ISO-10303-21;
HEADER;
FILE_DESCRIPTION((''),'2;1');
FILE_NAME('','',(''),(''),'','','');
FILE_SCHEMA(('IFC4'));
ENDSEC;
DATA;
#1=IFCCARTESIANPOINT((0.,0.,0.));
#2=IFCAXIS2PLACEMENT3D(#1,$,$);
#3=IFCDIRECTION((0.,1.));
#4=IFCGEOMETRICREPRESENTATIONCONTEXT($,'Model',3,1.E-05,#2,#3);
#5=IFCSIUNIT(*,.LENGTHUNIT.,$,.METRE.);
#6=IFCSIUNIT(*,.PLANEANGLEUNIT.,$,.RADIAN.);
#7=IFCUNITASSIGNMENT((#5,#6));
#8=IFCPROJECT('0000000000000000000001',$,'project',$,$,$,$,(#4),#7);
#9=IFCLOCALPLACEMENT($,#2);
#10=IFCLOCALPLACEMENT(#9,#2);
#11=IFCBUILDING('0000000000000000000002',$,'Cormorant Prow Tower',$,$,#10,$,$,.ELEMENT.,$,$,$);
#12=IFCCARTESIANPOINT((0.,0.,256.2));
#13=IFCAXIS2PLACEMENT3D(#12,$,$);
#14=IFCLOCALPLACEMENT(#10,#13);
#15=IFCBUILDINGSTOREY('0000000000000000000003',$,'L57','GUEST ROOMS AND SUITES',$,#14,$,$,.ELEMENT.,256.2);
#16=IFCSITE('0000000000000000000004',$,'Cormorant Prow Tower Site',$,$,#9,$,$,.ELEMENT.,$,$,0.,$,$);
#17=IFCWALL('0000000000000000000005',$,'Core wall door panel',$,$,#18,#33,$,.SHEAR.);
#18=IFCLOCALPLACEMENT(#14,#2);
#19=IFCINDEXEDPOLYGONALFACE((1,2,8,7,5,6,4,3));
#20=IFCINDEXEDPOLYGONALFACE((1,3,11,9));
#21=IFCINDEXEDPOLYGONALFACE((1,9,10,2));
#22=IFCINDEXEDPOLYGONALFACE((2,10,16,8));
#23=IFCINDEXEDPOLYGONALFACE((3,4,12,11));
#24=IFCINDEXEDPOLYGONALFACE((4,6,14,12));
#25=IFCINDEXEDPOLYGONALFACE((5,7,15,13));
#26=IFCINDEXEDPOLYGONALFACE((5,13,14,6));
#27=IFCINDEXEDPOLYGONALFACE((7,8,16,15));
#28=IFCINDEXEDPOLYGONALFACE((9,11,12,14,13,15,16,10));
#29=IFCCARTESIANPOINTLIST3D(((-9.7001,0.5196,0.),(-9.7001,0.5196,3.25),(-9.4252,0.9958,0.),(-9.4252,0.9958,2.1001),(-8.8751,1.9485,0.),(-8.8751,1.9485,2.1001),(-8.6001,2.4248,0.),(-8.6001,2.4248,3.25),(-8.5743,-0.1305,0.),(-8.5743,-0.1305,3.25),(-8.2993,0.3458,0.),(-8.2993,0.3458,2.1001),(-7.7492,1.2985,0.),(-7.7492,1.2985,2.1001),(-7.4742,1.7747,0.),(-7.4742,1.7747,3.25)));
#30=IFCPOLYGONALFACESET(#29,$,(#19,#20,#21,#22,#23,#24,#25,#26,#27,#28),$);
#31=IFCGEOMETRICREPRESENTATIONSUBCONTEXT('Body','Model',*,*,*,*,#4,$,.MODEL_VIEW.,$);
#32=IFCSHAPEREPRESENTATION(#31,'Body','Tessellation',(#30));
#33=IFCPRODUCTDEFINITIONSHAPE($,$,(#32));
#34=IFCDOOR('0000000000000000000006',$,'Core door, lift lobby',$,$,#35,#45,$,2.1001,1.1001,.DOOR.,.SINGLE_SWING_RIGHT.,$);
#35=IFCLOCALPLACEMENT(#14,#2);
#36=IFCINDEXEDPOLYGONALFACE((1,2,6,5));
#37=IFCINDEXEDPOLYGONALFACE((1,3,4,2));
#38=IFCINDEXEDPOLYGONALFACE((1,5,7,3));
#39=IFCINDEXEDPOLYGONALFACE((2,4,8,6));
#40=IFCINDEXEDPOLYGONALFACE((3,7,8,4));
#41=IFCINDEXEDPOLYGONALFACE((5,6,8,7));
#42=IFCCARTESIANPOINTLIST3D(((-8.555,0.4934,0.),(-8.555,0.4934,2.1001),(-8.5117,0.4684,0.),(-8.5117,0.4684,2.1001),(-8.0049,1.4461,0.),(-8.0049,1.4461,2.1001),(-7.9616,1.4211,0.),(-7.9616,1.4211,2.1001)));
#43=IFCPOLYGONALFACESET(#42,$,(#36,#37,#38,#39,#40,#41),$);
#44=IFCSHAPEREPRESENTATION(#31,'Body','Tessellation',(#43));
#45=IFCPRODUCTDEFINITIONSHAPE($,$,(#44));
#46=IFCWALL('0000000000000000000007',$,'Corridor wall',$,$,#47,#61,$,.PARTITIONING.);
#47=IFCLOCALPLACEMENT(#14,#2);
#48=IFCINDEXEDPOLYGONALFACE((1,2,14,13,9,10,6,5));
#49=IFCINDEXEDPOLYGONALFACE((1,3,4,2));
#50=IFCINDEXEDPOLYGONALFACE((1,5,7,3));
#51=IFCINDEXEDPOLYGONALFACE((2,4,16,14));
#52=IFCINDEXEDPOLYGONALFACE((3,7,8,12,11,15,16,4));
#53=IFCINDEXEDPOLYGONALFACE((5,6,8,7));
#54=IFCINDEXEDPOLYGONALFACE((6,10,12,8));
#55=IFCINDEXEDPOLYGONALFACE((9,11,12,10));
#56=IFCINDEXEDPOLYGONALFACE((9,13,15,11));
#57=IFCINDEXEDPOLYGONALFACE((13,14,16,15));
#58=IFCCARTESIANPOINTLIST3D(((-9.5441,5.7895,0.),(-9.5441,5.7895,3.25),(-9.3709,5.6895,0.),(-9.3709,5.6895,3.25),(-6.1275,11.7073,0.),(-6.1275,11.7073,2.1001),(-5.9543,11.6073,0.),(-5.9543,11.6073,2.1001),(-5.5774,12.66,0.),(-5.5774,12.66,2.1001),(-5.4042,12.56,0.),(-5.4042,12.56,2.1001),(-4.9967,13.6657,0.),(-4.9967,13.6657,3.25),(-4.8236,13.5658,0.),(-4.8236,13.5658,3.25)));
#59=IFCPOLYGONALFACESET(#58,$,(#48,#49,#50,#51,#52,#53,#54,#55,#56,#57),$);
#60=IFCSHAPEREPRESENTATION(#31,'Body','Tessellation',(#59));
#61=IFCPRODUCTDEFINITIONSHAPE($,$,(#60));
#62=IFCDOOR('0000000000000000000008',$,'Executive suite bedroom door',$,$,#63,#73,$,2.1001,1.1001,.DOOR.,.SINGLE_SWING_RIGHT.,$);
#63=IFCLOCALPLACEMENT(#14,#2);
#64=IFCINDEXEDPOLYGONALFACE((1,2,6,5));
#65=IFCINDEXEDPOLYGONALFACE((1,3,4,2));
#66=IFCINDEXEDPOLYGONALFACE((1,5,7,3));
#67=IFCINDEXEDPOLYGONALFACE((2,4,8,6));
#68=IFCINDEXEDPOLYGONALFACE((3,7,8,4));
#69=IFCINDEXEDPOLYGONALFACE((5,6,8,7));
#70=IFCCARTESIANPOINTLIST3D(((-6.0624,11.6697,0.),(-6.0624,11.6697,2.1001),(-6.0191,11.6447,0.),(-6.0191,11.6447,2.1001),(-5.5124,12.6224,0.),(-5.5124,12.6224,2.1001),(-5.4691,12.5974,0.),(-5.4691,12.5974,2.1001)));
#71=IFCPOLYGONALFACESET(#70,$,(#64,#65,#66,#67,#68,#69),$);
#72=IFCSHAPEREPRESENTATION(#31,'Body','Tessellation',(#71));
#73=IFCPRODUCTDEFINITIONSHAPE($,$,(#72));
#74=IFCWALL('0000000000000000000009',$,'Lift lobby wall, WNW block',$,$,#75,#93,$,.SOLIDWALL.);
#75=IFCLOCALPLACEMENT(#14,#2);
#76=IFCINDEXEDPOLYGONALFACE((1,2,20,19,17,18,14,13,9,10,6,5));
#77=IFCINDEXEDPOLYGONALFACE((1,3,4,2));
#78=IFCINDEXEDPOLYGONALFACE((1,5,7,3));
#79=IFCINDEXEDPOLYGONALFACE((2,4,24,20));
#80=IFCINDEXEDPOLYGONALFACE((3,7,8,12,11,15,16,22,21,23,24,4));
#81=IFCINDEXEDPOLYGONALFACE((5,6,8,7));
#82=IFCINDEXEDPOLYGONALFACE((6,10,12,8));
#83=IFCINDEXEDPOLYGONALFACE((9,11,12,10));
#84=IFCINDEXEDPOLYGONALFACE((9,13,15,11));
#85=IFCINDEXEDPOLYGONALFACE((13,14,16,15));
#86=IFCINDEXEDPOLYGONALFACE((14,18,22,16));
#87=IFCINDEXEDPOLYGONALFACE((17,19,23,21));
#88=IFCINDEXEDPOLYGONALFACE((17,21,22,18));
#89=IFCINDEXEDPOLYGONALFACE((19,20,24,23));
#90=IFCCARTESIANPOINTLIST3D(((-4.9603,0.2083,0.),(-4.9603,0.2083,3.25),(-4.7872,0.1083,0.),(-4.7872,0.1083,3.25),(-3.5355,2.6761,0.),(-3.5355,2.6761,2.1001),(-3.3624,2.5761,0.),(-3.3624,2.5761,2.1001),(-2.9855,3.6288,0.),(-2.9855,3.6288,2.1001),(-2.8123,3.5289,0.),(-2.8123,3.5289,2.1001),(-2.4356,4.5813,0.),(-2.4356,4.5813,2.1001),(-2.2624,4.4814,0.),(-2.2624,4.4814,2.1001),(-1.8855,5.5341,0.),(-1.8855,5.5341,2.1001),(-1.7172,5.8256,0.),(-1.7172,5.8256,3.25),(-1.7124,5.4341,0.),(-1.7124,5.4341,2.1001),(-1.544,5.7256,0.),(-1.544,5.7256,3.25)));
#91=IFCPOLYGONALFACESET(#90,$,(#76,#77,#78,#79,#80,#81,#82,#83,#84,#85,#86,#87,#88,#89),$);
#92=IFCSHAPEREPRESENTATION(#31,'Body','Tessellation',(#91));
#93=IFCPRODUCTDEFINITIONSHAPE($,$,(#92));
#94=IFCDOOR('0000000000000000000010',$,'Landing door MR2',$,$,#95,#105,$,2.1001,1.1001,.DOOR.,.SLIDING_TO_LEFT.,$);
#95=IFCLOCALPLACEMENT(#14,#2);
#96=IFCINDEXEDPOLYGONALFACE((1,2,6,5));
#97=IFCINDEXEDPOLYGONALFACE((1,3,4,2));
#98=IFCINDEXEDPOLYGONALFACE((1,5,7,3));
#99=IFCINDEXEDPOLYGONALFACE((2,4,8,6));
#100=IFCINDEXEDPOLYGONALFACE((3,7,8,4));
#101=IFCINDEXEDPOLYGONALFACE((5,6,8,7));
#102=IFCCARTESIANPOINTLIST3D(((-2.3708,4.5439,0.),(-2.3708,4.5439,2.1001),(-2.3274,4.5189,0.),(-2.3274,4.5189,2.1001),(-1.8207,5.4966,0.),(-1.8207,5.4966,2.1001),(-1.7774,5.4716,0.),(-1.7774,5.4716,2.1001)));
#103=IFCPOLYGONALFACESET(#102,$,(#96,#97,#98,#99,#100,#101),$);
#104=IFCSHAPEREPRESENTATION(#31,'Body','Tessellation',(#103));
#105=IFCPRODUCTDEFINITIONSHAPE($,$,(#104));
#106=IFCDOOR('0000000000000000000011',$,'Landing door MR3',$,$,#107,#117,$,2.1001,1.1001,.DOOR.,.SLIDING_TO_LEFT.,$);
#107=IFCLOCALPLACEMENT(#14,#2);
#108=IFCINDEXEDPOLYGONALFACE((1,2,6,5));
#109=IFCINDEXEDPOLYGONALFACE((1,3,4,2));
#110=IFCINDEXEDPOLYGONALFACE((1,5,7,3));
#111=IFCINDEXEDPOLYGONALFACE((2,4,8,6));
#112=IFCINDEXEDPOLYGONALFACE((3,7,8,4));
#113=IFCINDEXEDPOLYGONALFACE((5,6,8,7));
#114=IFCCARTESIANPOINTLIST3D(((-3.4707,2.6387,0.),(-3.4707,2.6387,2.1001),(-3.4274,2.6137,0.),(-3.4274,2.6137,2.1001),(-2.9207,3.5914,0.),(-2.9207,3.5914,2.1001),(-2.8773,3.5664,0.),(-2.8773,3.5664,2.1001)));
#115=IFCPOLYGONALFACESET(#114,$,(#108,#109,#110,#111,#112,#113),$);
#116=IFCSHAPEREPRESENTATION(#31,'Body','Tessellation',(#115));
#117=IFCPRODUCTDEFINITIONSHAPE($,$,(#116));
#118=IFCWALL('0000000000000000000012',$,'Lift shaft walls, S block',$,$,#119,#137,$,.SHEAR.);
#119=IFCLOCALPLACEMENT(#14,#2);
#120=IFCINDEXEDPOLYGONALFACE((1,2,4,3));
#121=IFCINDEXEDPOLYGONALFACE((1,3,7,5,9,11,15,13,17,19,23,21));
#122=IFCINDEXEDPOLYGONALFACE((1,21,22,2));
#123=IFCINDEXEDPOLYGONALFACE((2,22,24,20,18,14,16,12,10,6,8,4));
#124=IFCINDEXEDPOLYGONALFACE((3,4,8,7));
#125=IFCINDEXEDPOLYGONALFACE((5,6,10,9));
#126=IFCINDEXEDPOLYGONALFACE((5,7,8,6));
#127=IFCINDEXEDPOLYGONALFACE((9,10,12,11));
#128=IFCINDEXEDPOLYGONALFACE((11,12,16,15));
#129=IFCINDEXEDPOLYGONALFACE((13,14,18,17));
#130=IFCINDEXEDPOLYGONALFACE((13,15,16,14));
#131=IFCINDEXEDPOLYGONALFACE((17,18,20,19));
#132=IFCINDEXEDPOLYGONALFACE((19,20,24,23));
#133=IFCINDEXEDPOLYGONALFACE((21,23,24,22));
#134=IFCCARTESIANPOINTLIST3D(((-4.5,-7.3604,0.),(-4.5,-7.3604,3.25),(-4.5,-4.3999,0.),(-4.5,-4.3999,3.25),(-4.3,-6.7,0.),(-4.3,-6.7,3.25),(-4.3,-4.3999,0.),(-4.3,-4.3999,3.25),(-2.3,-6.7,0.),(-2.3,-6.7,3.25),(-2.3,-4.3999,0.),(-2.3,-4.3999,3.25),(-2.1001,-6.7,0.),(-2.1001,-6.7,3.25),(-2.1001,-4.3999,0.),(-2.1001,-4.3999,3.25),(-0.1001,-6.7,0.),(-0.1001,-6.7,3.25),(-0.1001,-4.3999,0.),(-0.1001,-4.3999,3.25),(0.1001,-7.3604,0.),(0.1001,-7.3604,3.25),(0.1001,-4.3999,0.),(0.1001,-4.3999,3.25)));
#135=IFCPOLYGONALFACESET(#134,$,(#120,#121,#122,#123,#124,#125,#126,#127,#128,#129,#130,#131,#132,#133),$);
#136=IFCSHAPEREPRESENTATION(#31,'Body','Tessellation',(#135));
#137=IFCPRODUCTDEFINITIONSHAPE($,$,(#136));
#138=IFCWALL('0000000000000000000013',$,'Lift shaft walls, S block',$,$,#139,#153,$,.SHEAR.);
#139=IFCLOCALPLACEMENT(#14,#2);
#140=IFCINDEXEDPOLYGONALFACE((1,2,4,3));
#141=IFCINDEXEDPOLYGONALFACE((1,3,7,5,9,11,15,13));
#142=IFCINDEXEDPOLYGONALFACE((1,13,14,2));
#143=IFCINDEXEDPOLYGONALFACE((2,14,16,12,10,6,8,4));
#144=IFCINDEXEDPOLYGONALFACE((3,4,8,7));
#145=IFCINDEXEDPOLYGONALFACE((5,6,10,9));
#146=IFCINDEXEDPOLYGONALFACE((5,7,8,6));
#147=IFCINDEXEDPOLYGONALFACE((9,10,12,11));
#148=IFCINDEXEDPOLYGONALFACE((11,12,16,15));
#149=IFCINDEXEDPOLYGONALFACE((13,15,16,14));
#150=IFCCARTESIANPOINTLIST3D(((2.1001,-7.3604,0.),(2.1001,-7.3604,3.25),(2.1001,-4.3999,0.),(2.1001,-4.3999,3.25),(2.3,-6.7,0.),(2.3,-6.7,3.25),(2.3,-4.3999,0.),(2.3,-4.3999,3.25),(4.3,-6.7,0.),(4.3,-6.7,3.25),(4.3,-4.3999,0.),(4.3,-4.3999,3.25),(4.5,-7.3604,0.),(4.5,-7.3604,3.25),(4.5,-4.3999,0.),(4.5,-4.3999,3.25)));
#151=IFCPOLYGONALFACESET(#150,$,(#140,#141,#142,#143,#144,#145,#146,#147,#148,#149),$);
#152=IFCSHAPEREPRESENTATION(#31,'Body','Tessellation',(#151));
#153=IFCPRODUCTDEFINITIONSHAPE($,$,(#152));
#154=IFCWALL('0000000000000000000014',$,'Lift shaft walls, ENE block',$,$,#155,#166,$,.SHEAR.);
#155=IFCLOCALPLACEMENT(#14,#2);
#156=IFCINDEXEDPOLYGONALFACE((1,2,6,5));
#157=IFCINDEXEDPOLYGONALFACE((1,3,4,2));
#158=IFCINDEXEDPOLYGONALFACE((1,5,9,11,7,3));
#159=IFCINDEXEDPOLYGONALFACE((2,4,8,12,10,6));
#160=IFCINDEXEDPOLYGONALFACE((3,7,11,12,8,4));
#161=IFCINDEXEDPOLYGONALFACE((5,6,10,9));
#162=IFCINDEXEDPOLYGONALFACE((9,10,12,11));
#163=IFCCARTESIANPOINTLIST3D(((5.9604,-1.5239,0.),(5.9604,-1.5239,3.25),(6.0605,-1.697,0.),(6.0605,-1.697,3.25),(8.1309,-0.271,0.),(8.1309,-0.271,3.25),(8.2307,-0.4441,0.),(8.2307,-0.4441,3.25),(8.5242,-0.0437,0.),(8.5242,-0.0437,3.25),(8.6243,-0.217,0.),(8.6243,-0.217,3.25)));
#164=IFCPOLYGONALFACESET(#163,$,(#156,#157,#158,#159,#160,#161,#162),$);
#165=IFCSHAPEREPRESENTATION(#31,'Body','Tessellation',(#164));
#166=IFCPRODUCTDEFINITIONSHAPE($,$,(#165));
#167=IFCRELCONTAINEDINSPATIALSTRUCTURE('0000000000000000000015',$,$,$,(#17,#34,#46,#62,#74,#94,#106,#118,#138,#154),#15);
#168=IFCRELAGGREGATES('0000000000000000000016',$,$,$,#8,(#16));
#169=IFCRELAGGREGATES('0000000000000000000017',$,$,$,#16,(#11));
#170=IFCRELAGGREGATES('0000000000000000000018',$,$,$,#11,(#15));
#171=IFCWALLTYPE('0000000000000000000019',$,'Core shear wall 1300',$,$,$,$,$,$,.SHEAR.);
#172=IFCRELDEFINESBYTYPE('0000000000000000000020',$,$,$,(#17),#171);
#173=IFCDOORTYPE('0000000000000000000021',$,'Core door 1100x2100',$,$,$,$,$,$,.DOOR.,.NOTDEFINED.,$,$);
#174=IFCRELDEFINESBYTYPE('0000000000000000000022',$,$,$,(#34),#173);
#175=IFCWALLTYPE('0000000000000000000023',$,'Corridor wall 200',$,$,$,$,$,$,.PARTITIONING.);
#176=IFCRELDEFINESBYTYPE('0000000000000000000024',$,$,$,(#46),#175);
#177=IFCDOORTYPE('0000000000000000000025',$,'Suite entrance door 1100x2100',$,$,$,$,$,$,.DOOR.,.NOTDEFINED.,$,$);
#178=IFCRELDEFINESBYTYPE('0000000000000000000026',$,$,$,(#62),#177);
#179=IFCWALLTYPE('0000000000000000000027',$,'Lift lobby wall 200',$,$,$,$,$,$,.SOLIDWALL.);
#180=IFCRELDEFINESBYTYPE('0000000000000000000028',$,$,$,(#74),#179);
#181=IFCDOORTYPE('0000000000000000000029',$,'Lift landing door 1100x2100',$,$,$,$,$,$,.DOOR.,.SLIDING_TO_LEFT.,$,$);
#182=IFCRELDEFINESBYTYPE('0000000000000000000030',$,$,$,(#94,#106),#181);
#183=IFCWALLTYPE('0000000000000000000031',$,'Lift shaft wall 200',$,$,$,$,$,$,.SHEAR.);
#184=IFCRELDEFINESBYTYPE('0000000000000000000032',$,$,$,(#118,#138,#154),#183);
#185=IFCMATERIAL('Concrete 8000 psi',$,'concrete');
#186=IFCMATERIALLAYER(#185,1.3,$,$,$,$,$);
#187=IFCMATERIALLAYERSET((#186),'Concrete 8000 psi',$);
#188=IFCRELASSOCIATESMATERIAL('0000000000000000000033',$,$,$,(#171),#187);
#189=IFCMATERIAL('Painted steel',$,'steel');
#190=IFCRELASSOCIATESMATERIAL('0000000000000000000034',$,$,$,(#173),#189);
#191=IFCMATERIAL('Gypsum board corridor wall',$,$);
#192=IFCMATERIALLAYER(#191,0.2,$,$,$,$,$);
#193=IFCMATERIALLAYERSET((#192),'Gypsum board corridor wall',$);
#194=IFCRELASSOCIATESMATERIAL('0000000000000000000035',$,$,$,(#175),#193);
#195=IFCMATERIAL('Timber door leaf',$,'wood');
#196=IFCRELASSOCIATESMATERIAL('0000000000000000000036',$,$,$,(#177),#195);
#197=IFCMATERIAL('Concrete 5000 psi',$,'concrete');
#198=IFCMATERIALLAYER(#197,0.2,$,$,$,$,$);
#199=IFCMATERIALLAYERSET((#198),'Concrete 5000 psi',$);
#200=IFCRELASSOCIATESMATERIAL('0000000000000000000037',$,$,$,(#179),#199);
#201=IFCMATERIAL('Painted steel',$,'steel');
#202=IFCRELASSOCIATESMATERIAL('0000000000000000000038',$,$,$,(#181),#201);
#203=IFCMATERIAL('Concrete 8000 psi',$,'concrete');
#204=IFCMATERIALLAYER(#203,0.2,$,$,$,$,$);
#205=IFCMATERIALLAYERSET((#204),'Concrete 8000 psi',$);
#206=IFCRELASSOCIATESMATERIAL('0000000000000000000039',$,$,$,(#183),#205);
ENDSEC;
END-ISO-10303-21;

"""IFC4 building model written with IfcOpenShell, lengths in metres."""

from ifc_helpers import new_model, si_unit, direction, frame, frame_2d, origin, place, context, subcontext, project, spatial, polyline, rectangle, outline, extrude, material, layer, layer_set, type_object, element, fill, save


model = new_model("IFC4")

# Units and contexts
model_context = context("Model", 3, precision=1e-05, world=origin(), true_north=direction((0.0, 1.0)))
body_context = subcontext(model_context, "Body", "Model", "MODEL_VIEW")
ifc_project = project(units=[si_unit("LENGTHUNIT", "METRE"), si_unit("PLANEANGLEUNIT", "RADIAN")], contexts=[model_context])

# Site, building, storey
site_placement = place(None, origin())
site = spatial("IfcSite", under=ifc_project, at=site_placement, Name="Cormorant Prow Tower Site", CompositionType="ELEMENT", RefElevation=0.0)
building_placement = place(site_placement, origin())
building = spatial("IfcBuilding", under=site, at=building_placement, Name="Cormorant Prow Tower", CompositionType="ELEMENT")
storey_placement = place(building_placement, frame((0.0, 0.0, 256.2)))
storey = spatial("IfcBuildingStorey", under=building, at=storey_placement, Name="L57", Description="GUEST ROOMS AND SUITES", CompositionType="ELEMENT", Elevation=256.2)

# Shared definitions
ifc_material_1 = material(Name="Concrete 8000 psi", Category="concrete")
ifc_layer_1 = layer(ifc_material_1, 1.3)
ifc_layer_set_1 = layer_set([ifc_layer_1], Name="Concrete 8000 psi")
wall_type_1 = type_object("IfcWallType", Name="Core shear wall 1300", PredefinedType="SHEAR", material=ifc_layer_set_1)

# Walls, openings, doors
wall_1_placement = place(storey_placement, frame((-8.0371, 2.0999, 0.0), z_axis=(0.0, 0.0, 1.0), x_axis=(-0.50003, -0.866008, 0.0)))
wall_1 = element("IfcWall", 1, at=wall_1_placement, inside=storey, type_object=wall_type_1, Name="Core wall door panel", PredefinedType="SHEAR", context=body_context, shape_type="SweptSolid", body=[
    extrude(rectangle(XDim=2.2, YDim=1.3, at=frame_2d((1.1001, 0.0))), origin(), (0.0, 0.0, 1.0), 3.25),
])
opening_1_placement = place(wall_1_placement, frame((0.55, 0.0, 0.0)))
opening_1 = element("IfcOpeningElement", 2, at=opening_1_placement, cuts=wall_1, PredefinedType="OPENING", context=body_context, shape_type="SweptSolid", body=[
    extrude(rectangle(XDim=1.1001, YDim=2.1001, at=frame_2d((0.55, 1.05))), frame((0.0, 0.6599, 0.0), z_axis=(0.0, -1.0, 0.0), x_axis=(1.0, 0.0, 0.0)), (0.0, 0.0, 1.0), 1.3201),
])
ifc_material_2 = material(Name="Painted steel", Category="steel")
door_type_1 = type_object("IfcDoorType", Name="Core door 1100x2100", OperationType="NOTDEFINED", PredefinedType="DOOR", material=ifc_material_2)
door_1_placement = place(opening_1_placement, origin())
door_1 = element("IfcDoor", 3, at=door_1_placement, inside=storey, type_object=door_type_1, Name="Core door, lift lobby", OperationType="SINGLE_SWING_RIGHT", OverallHeight=2.1001, OverallWidth=1.1001, PredefinedType="DOOR", context=body_context, shape_type="SweptSolid", body=[
    extrude(rectangle(XDim=1.1001, YDim=2.1001, at=frame_2d((0.55, 1.05))), frame((0.0, 0.4048, 0.0), z_axis=(0.0, -1.0, 0.0), x_axis=(1.0, 0.0, 0.0)), (0.0, 0.0, 1.0), 0.05),
])
fill(opening_1, door_1)
ifc_material_3 = material(Name="Gypsum board corridor wall")
ifc_layer_2 = layer(ifc_material_3, 0.2)
ifc_layer_set_2 = layer_set([ifc_layer_2], Name="Gypsum board corridor wall")
wall_type_2 = type_object("IfcWallType", Name="Corridor wall 200", PredefinedType="PARTITIONING", material=ifc_layer_set_2)
wall_2_placement = place(storey_placement, frame((-9.4575, 5.7395, 0.0), z_axis=(0.0, 0.0, 1.0), x_axis=(0.500002, 0.866024, 0.0)))
wall_2 = element("IfcWall", 4, at=wall_2_placement, inside=storey, type_object=wall_type_2, Name="Corridor wall", PredefinedType="PARTITIONING", context=body_context, shape_type="SweptSolid", body=[
    extrude(rectangle(XDim=9.0947, YDim=0.2, at=frame_2d((4.5474, 0.0))), origin(), (0.0, 0.0, 1.0), 3.25),
])
opening_2_placement = place(wall_2_placement, frame((6.8333, 0.0, 0.0)))
opening_2 = element("IfcOpeningElement", 5, at=opening_2_placement, cuts=wall_2, PredefinedType="OPENING", context=body_context, shape_type="SweptSolid", body=[
    extrude(rectangle(XDim=1.1001, YDim=2.1001, at=frame_2d((0.55, 1.05))), frame((0.0, 0.1099, 0.0), z_axis=(0.0, -1.0, 0.0), x_axis=(1.0, 0.0, 0.0)), (0.0, 0.0, 1.0), 0.22),
])
ifc_material_4 = material(Name="Timber door leaf", Category="wood")
door_type_2 = type_object("IfcDoorType", Name="Suite entrance door 1100x2100", OperationType="NOTDEFINED", PredefinedType="DOOR", material=ifc_material_4)
door_2_placement = place(opening_2_placement, origin())
door_2 = element("IfcDoor", 6, at=door_2_placement, inside=storey, type_object=door_type_2, Name="Executive suite bedroom door", OperationType="SINGLE_SWING_RIGHT", OverallHeight=2.1001, OverallWidth=1.1001, PredefinedType="DOOR", context=body_context, shape_type="SweptSolid", body=[
    extrude(rectangle(XDim=1.1001, YDim=2.1001, at=frame_2d((0.55, 1.05))), frame((0.0, 0.0249, 0.0), z_axis=(0.0, -1.0, 0.0), x_axis=(1.0, 0.0, 0.0)), (0.0, 0.0, 1.0), 0.05),
])
fill(opening_2, door_2)

# Wall, openings, doors
ifc_material_5 = material(Name="Concrete 5000 psi", Category="concrete")
ifc_layer_3 = layer(ifc_material_5, 0.2)
ifc_layer_set_3 = layer_set([ifc_layer_3], Name="Concrete 5000 psi")
wall_type_3 = type_object("IfcWallType", Name="Lift lobby wall 200", PredefinedType="SOLIDWALL", material=ifc_layer_set_3)
wall_3_placement = place(storey_placement, frame((-1.6306, 5.7756, 0.0), z_axis=(0.0, 0.0, 1.0), x_axis=(-0.499993, -0.86603, 0.0)))
wall_3 = element("IfcWall", 7, at=wall_3_placement, inside=storey, type_object=wall_type_3, Name="Lift lobby wall, WNW block", PredefinedType="SOLIDWALL", context=body_context, shape_type="SweptSolid", body=[
    extrude(rectangle(XDim=6.4863, YDim=0.2, at=frame_2d((3.2432, 0.0))), origin(), (0.0, 0.0, 1.0), 3.25),
])
opening_3_placement = place(wall_3_placement, frame((0.3367, 0.0, 0.0)))
opening_3 = element("IfcOpeningElement", 8, at=opening_3_placement, cuts=wall_3, PredefinedType="OPENING", context=body_context, shape_type="SweptSolid", body=[
    extrude(rectangle(XDim=1.1001, YDim=2.1001, at=frame_2d((0.55, 1.05))), frame((0.0, 0.1099, 0.0), z_axis=(0.0, -1.0, 0.0), x_axis=(1.0, 0.0, 0.0)), (0.0, 0.0, 1.0), 0.22),
])
opening_4_placement = place(wall_3_placement, frame((2.5366, 0.0, 0.0)))
opening_4 = element("IfcOpeningElement", 9, at=opening_4_placement, cuts=wall_3, PredefinedType="OPENING", context=body_context, shape_type="SweptSolid", body=[
    extrude(rectangle(XDim=1.1001, YDim=2.1001, at=frame_2d((0.55, 1.05))), frame((0.0, 0.1099, 0.0), z_axis=(0.0, -1.0, 0.0), x_axis=(1.0, 0.0, 0.0)), (0.0, 0.0, 1.0), 0.22),
])
ifc_material_6 = material(Name="Painted steel", Category="steel")
door_type_3 = type_object("IfcDoorType", Name="Lift landing door 1100x2100", OperationType="SLIDING_TO_LEFT", PredefinedType="DOOR", material=ifc_material_6)
door_3_placement = place(opening_3_placement, origin())
door_3 = element("IfcDoor", 10, at=door_3_placement, inside=storey, type_object=door_type_3, Name="Landing door MR2", OperationType="SLIDING_TO_LEFT", OverallHeight=2.1001, OverallWidth=1.1001, PredefinedType="DOOR", context=body_context, shape_type="SweptSolid", body=[
    extrude(rectangle(XDim=1.1001, YDim=2.1001, at=frame_2d((0.55, 1.05))), frame((0.0, 0.0249, 0.0), z_axis=(0.0, -1.0, 0.0), x_axis=(1.0, 0.0, 0.0)), (0.0, 0.0, 1.0), 0.05),
])
fill(opening_3, door_3)
door_4_placement = place(opening_4_placement, origin())
door_4 = element("IfcDoor", 11, at=door_4_placement, inside=storey, type_object=door_type_3, Name="Landing door MR3", OperationType="SLIDING_TO_LEFT", OverallHeight=2.1001, OverallWidth=1.1001, PredefinedType="DOOR", context=body_context, shape_type="SweptSolid", body=[
    extrude(rectangle(XDim=1.1001, YDim=2.1001, at=frame_2d((0.55, 1.05))), frame((0.0, 0.0249, 0.0), z_axis=(0.0, -1.0, 0.0), x_axis=(1.0, 0.0, 0.0)), (0.0, 0.0, 1.0), 0.05),
])
fill(opening_4, door_4)

# Walls
ifc_material_7 = material(Name="Concrete 8000 psi", Category="concrete")
ifc_layer_4 = layer(ifc_material_7, 0.2)
ifc_layer_set_4 = layer_set([ifc_layer_4], Name="Concrete 8000 psi")
wall_type_4 = type_object("IfcWallType", Name="Lift shaft wall 200", PredefinedType="SHEAR", material=ifc_layer_set_4)
wall_4_placement = place(storey_placement, origin())
element("IfcWall", 12, at=wall_4_placement, inside=storey, type_object=wall_type_4, Name="Lift shaft walls, S block", PredefinedType="SHEAR", context=body_context, shape_type="SweptSolid", body=[
    extrude(outline(polyline([(0.1001, -7.3604), (-4.5, -7.3604), (-4.5, -4.3999), (-4.3, -4.3999), (-4.3, -6.7), (-2.3, -6.7), (-2.3, -4.3999), (-2.1001, -4.3999), (-2.1001, -6.7), (-0.1001, -6.7), (-0.1001, -4.3999), (0.1001, -4.3999), (0.1001, -7.3604)])), origin(), (0.0, 0.0, 1.0), 3.25),
])
wall_5_placement = place(storey_placement, origin())
element("IfcWall", 13, at=wall_5_placement, inside=storey, type_object=wall_type_4, Name="Lift shaft walls, S block", PredefinedType="SHEAR", context=body_context, shape_type="SweptSolid", body=[
    extrude(outline(polyline([(2.1001, -7.3604), (2.1001, -4.3999), (2.3, -4.3999), (2.3, -6.7), (4.3, -6.7), (4.3, -4.3999), (4.5, -4.3999), (4.5, -7.3604), (2.1001, -7.3604)])), origin(), (0.0, 0.0, 1.0), 3.25),
])
wall_6_placement = place(storey_placement, origin())
element("IfcWall", 14, at=wall_6_placement, inside=storey, type_object=wall_type_4, Name="Lift shaft walls, ENE block", PredefinedType="SHEAR", context=body_context, shape_type="SweptSolid", body=[
    extrude(outline(polyline([(8.5242, -0.0437), (8.6243, -0.217), (8.2307, -0.4441), (6.0605, -1.697), (5.9604, -1.5239), (8.1309, -0.271), (8.5242, -0.0437)])), origin(), (0.0, 0.0, 1.0), 3.25),
])

save(model, "model.ifc")
